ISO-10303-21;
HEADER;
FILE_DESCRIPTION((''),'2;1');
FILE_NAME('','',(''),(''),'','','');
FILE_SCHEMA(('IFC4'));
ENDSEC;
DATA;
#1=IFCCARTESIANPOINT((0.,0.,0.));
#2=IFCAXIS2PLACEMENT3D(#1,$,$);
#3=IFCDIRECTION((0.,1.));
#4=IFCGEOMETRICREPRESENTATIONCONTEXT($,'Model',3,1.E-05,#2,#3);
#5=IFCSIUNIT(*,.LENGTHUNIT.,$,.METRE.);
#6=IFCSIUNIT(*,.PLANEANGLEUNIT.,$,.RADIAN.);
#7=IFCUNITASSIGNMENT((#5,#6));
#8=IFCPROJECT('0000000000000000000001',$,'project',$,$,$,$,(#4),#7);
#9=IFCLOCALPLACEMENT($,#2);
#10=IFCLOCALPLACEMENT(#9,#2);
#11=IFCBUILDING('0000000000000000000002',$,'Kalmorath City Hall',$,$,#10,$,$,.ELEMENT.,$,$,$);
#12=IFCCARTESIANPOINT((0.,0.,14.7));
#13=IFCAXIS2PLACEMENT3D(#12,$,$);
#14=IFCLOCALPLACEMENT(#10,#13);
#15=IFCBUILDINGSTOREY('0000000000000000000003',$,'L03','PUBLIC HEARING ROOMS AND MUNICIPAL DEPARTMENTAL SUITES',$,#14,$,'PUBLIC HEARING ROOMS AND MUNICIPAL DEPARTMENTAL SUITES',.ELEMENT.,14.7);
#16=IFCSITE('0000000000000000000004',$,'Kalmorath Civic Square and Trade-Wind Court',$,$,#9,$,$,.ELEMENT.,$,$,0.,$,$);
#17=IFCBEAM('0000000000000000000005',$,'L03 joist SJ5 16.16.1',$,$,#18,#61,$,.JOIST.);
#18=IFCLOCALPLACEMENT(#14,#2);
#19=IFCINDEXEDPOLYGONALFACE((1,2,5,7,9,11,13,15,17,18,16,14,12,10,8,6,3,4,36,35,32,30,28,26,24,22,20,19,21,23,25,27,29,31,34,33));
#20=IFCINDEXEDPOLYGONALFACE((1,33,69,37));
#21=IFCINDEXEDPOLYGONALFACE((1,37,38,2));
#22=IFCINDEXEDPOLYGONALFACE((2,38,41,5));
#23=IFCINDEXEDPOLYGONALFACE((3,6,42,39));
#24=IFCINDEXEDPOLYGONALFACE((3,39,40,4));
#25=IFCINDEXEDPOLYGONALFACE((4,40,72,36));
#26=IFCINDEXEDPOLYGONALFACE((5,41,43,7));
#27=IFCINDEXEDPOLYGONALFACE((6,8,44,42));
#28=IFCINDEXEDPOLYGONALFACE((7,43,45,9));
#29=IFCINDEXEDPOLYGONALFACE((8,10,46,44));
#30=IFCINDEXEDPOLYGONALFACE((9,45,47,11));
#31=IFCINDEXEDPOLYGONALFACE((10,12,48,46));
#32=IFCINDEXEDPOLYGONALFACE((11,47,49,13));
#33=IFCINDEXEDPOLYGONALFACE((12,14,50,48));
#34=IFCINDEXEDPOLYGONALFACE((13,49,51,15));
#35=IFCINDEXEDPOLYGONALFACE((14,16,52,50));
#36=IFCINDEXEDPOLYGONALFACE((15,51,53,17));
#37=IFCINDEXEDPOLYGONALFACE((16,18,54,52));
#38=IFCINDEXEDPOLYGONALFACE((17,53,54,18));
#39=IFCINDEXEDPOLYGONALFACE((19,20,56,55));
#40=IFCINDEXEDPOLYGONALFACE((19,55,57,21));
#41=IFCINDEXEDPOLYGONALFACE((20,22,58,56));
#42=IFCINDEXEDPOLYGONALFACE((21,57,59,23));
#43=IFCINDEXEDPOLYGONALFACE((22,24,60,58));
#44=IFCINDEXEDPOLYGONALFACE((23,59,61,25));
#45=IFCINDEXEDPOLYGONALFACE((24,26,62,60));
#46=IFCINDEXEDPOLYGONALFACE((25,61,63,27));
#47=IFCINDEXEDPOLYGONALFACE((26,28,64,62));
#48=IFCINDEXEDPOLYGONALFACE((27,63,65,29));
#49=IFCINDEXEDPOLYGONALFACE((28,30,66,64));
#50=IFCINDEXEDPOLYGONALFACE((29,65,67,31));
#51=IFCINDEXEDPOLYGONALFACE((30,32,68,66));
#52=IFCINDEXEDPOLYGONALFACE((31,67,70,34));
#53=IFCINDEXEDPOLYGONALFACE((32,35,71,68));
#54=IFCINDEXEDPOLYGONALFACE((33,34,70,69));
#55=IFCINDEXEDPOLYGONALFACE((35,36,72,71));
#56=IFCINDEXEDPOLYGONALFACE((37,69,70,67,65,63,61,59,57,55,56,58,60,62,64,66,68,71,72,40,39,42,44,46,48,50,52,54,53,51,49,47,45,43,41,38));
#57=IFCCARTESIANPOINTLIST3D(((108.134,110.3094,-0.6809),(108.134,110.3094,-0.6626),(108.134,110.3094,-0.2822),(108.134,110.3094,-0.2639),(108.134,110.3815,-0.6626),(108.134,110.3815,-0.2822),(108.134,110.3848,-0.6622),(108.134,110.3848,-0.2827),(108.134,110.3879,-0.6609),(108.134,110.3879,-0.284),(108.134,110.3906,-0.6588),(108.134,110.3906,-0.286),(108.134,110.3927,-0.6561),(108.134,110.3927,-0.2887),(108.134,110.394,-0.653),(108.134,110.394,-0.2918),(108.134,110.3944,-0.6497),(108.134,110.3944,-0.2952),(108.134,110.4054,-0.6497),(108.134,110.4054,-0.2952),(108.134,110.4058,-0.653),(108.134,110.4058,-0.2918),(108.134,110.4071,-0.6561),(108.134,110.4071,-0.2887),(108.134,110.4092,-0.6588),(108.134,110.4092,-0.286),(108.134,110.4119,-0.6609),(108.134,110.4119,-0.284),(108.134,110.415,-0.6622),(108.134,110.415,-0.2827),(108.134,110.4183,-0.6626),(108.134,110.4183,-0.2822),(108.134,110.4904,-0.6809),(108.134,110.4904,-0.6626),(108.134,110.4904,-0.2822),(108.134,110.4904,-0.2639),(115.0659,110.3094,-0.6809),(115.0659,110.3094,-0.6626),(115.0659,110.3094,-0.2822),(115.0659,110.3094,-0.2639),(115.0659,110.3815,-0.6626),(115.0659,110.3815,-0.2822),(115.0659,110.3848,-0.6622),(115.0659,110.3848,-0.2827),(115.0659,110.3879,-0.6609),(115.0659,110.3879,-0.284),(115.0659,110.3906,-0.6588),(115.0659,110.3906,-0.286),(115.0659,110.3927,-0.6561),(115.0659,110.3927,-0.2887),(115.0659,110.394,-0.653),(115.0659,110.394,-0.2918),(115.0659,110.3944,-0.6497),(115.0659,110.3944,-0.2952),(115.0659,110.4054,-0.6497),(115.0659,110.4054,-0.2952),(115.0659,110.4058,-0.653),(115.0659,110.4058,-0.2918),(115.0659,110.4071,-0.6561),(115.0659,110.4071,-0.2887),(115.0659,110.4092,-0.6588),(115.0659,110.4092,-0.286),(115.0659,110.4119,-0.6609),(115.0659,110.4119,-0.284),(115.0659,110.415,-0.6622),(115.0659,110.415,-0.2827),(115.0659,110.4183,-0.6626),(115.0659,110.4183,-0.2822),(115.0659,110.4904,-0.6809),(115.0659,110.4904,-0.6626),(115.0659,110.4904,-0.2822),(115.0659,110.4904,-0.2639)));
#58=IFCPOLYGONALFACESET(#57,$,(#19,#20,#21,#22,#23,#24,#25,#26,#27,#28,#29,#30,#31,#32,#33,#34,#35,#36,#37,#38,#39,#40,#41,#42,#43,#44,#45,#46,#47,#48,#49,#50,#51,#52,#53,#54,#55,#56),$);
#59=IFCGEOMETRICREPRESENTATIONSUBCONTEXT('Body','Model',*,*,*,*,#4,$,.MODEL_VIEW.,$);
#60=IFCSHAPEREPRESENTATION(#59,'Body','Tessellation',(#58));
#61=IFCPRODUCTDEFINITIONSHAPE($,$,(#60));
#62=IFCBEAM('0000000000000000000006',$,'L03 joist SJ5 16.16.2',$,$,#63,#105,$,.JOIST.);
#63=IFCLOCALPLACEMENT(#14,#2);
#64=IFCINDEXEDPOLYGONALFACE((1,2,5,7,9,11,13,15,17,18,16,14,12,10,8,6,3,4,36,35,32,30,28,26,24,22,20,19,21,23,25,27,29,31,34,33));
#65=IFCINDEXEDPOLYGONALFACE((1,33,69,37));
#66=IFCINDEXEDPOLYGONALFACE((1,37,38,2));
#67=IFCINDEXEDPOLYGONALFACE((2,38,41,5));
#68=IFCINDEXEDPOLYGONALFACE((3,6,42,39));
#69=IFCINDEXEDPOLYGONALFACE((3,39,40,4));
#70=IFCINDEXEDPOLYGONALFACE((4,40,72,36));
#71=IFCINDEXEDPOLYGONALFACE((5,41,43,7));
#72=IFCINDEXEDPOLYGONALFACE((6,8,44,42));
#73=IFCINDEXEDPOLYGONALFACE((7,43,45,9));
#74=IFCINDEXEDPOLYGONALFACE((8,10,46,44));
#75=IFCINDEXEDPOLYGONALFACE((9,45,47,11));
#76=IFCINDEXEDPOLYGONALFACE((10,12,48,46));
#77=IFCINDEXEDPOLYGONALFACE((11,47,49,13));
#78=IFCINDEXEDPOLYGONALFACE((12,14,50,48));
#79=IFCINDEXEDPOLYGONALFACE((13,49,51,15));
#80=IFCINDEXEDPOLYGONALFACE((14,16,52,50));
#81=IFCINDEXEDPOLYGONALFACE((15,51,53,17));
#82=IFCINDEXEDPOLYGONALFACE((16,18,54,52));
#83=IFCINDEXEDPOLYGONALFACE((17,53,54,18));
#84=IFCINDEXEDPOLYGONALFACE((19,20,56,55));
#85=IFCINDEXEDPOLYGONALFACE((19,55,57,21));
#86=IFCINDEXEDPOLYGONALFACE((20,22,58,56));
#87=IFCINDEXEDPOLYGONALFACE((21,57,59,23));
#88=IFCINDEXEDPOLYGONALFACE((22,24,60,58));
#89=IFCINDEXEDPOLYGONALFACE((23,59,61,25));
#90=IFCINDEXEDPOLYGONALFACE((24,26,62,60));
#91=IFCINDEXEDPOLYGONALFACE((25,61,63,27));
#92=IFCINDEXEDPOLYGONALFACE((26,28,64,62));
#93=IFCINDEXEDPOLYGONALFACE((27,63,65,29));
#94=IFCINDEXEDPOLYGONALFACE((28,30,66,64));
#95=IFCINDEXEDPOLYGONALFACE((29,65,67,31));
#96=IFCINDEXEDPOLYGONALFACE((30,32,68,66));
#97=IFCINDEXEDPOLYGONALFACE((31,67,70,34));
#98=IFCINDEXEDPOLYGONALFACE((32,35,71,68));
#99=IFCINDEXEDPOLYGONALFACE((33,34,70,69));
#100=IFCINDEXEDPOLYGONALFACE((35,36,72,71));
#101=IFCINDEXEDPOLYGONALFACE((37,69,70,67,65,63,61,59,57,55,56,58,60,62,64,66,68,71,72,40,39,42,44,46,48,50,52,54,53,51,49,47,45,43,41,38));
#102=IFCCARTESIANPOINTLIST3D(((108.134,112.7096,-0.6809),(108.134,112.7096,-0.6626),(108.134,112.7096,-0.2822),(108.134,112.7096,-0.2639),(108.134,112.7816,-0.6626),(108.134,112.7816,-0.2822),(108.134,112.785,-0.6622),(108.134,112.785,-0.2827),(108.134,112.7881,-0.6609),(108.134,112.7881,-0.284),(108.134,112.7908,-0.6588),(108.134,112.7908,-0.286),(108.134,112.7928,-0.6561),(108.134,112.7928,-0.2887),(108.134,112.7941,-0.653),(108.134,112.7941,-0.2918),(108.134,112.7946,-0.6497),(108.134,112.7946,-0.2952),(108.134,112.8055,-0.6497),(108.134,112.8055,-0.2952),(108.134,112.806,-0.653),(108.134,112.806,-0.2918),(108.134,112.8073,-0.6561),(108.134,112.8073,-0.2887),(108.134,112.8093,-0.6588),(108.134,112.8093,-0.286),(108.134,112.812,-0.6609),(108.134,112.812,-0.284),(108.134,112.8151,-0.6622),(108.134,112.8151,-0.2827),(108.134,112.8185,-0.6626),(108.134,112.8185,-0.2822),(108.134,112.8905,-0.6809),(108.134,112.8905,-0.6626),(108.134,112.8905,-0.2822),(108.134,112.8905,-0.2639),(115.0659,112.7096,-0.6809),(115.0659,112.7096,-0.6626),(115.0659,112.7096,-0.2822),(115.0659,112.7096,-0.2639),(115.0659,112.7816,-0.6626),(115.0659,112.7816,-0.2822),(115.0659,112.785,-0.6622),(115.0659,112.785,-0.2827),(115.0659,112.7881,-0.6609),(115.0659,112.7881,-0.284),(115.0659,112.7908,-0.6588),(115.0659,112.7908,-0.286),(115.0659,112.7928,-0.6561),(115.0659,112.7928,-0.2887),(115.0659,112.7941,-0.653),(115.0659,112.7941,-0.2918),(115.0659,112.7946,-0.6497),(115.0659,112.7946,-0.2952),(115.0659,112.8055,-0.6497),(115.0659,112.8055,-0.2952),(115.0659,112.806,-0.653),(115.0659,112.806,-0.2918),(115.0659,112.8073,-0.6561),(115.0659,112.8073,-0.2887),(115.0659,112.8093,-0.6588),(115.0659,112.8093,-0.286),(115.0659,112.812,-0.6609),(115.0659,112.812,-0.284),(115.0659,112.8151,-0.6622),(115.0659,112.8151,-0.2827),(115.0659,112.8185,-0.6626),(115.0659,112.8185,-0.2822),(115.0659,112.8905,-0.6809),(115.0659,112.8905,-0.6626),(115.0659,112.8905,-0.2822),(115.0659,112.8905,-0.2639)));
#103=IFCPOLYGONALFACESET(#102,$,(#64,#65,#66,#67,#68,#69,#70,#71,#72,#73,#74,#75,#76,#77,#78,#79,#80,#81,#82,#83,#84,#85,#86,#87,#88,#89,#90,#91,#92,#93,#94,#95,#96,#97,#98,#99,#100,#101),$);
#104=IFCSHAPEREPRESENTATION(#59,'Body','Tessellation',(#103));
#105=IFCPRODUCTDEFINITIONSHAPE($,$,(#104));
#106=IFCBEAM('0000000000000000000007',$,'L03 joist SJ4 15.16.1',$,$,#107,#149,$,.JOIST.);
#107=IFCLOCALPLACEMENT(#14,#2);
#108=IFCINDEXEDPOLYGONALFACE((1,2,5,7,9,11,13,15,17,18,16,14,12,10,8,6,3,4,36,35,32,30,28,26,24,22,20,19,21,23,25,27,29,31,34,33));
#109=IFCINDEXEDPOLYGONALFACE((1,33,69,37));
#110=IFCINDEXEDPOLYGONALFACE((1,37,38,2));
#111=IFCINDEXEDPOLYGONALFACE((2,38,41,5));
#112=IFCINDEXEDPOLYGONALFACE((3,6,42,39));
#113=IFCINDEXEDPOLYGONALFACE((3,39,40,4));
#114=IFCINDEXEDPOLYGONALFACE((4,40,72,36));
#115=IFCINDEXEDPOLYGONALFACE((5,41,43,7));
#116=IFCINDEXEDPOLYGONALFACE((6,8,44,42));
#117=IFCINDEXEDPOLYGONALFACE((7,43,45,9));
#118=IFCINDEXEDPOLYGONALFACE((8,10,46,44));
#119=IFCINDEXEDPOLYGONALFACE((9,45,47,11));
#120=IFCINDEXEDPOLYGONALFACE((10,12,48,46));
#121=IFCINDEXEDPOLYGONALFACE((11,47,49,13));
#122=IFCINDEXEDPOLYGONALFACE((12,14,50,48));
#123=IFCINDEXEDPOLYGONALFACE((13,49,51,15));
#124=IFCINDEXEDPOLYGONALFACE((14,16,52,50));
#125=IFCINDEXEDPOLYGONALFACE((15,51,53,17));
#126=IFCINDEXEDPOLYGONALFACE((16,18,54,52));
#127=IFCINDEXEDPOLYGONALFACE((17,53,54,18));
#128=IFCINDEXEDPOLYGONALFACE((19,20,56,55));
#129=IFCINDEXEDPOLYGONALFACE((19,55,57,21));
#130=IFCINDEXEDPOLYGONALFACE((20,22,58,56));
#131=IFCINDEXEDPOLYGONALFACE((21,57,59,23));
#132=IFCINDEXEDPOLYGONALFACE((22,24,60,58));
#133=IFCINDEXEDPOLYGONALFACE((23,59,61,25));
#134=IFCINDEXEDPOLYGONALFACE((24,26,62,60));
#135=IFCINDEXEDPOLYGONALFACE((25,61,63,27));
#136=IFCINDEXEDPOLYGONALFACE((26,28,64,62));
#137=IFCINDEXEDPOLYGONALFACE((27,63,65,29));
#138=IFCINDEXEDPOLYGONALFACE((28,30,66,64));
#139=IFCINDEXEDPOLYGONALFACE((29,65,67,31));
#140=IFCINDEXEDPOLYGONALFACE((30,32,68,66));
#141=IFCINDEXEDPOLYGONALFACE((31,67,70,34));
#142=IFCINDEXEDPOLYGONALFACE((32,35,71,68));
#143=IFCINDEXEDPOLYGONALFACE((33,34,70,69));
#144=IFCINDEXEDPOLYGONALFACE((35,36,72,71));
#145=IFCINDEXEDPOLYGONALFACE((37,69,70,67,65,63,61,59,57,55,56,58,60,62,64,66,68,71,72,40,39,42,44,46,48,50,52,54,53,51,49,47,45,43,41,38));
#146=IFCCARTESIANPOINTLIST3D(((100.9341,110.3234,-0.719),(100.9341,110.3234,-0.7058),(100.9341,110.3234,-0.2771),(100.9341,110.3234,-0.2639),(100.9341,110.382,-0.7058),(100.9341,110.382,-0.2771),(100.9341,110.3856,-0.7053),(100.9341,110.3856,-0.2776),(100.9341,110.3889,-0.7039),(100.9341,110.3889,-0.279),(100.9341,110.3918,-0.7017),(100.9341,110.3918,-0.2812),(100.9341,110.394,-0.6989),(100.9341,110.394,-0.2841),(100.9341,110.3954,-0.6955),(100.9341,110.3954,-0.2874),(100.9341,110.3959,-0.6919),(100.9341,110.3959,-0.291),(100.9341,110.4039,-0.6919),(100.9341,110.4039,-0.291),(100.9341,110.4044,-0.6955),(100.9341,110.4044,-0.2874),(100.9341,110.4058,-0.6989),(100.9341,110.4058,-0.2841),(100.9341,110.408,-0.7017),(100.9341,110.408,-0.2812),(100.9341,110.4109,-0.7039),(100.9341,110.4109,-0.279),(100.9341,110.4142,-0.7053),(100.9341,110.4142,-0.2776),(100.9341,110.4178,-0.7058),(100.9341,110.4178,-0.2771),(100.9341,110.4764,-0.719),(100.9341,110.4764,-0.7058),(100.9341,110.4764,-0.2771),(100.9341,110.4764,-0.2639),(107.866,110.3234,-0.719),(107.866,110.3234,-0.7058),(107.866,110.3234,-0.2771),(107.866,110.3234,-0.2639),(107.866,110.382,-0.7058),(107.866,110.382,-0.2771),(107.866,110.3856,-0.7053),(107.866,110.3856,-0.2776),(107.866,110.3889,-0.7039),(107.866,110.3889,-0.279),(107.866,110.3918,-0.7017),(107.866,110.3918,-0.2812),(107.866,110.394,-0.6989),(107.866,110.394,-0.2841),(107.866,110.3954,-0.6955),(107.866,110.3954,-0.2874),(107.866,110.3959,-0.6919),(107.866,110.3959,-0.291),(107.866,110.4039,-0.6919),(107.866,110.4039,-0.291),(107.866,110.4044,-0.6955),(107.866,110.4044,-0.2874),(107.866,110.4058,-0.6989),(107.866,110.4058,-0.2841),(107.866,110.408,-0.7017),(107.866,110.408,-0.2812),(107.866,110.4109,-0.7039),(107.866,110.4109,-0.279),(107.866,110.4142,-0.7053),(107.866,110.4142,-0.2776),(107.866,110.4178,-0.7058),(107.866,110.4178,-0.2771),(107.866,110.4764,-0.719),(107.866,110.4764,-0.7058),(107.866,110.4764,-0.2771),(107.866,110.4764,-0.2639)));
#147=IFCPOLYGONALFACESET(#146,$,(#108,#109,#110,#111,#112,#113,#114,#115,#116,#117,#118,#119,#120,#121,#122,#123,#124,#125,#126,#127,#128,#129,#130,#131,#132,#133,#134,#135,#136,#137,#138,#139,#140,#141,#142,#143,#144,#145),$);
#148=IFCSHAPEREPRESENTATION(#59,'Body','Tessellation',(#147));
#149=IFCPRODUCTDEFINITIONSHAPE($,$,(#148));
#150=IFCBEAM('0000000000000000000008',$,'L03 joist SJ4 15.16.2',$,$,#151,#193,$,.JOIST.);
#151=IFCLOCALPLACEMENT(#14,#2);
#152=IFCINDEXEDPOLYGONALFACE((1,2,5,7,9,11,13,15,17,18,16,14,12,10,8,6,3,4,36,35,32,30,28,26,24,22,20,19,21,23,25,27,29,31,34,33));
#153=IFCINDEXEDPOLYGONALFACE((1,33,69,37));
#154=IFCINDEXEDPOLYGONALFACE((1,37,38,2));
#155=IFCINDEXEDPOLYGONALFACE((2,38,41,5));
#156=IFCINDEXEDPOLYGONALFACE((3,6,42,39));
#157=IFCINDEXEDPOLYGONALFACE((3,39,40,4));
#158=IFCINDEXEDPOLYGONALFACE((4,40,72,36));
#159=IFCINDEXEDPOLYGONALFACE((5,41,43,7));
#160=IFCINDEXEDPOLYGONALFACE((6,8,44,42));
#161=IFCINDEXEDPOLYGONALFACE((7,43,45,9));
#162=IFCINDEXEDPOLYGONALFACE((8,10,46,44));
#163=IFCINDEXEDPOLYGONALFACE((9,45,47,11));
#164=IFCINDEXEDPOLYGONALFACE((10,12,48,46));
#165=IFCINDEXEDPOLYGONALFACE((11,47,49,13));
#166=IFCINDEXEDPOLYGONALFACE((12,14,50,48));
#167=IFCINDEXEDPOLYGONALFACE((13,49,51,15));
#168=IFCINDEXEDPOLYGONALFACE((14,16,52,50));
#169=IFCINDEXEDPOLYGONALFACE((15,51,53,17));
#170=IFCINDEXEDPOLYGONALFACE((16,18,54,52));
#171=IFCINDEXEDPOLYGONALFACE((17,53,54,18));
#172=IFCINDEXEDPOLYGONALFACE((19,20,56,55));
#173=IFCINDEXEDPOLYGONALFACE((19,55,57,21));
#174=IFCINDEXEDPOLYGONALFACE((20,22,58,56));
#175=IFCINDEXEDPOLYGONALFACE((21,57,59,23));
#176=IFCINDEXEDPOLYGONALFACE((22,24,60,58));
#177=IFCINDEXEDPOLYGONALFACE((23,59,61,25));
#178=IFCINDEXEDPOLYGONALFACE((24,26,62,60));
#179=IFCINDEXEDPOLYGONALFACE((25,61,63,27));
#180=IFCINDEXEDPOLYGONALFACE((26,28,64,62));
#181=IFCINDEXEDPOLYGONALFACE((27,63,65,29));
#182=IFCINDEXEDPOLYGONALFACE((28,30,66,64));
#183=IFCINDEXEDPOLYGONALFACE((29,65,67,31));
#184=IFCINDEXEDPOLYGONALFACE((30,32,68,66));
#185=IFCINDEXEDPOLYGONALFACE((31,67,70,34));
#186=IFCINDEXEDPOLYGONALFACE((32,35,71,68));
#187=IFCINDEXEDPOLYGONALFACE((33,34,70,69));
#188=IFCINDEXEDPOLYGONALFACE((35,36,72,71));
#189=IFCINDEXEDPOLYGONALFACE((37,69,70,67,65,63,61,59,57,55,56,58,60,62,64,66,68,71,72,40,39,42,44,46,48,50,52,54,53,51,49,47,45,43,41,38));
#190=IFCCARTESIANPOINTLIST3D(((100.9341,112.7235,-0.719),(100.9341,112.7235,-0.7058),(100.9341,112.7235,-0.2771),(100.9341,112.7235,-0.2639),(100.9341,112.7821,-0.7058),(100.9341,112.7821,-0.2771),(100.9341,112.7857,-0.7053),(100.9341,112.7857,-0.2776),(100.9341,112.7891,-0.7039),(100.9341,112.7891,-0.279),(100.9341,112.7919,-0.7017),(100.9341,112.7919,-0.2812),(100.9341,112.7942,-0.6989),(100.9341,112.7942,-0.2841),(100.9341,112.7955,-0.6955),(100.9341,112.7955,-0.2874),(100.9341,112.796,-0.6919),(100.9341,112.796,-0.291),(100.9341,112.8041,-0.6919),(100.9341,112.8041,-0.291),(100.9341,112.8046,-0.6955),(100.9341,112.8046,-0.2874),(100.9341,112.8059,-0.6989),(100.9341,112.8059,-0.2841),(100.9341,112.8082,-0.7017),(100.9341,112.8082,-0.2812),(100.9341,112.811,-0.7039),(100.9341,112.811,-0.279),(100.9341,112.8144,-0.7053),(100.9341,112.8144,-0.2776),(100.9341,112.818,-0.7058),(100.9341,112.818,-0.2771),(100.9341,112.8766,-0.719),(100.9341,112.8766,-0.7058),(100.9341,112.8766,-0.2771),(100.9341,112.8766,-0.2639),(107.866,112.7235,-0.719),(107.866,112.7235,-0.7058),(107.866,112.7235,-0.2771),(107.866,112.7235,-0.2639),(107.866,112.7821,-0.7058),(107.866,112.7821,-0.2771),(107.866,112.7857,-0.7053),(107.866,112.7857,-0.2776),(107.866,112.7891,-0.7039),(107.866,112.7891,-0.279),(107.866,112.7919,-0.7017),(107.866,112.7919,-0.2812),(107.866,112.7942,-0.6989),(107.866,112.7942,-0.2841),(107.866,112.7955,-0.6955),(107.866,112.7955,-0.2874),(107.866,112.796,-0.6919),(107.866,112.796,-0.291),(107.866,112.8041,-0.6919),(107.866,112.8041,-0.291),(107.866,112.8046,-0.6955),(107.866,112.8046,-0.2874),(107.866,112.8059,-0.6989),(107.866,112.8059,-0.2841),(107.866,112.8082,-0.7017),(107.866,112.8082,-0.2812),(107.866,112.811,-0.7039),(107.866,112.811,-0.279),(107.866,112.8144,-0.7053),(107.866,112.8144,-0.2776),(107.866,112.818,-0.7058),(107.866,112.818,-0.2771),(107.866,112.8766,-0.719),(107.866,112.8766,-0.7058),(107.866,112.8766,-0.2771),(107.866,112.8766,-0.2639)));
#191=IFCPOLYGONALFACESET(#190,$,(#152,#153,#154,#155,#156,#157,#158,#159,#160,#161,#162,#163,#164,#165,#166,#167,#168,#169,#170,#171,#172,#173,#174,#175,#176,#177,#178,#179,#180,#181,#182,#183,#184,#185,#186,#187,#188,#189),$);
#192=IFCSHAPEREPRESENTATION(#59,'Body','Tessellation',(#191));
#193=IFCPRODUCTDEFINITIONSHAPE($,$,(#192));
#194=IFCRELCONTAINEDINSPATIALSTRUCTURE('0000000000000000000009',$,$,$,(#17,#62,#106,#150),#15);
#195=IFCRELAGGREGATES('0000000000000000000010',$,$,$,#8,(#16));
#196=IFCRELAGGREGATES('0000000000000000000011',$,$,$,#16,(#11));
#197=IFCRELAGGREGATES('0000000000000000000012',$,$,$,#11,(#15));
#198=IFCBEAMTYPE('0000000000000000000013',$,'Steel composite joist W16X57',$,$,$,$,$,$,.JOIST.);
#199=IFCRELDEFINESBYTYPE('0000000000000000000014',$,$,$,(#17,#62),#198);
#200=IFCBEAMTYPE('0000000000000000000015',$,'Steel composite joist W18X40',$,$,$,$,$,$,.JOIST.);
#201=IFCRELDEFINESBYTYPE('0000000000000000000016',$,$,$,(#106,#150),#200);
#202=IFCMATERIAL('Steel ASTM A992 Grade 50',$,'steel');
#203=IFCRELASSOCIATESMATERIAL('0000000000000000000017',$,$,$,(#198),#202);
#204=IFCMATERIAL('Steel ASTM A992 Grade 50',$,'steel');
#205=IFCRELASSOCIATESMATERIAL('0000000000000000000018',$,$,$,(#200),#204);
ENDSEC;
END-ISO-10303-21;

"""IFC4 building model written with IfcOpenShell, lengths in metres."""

from ifc_helpers import new_model, si_unit, direction, frame, origin, origin_2d, place, context, subcontext, project, spatial, i_section, extrude, material, material_profile, profile_set, type_object, element, save


model = new_model("IFC4")

# Units and contexts
model_context = context("Model", 3, precision=1e-05, world=origin(), true_north=direction((0.0, 1.0)))
body_context = subcontext(model_context, "Body", "Model", "MODEL_VIEW")
ifc_project = project(units=[si_unit("LENGTHUNIT", "METRE"), si_unit("PLANEANGLEUNIT", "RADIAN")], contexts=[model_context])

# Site, building, storey
site_placement = place(None, origin())
site = spatial("IfcSite", under=ifc_project, at=site_placement, Name="Kalmorath Civic Square and Trade-Wind Court", CompositionType="ELEMENT", RefElevation=0.0)
building_placement = place(site_placement, origin())
building = spatial("IfcBuilding", under=site, at=building_placement, Name="Kalmorath City Hall", CompositionType="ELEMENT")
storey_placement = place(building_placement, frame((0.0, 0.0, 14.7)))
storey = spatial("IfcBuildingStorey", under=building, at=storey_placement, Name="L03", Description="PUBLIC HEARING ROOMS AND MUNICIPAL DEPARTMENTAL SUITES", LongName="PUBLIC HEARING ROOMS AND MUNICIPAL DEPARTMENTAL SUITES", CompositionType="ELEMENT", Elevation=14.7)

# Beams
ifc_material_1 = material(Name="Steel ASTM A992 Grade 50", Category="steel")
ifc_material_profile_1 = material_profile(ifc_material_1, i_section(OverallWidth=0.1809, OverallDepth=0.417, WebThickness=0.011, FlangeThickness=0.0183, FilletRadius=0.0129, at=origin_2d()), Name="W16X57")
ifc_profile_set_1 = profile_set([ifc_material_profile_1], Name="Steel ASTM A992 Grade 50")
beam_type_1 = type_object("IfcBeamType", Name="Steel composite joist W16X57", PredefinedType="JOIST", material=ifc_profile_set_1)
for number, where, z_axis, x_axis, name in (
    (1, (108.134, 110.3999, -0.4724), (1.0, 0.0, 0.0), (0.0, 1.0, 0.0), "L03 joist SJ5 16.16.1"),
    (2, (108.134, 112.8, -0.4724), (1.0, 0.0, 0.0), (0.0, 1.0, 0.0), "L03 joist SJ5 16.16.2"),
):
    element("IfcBeam", number, at=place(storey_placement, frame(where, z_axis=z_axis, x_axis=x_axis)), inside=storey, type_object=beam_type_1, Name=name, PredefinedType="JOIST", context=body_context, shape_type="SweptSolid", body=[
        extrude(i_section(OverallWidth=0.1809, OverallDepth=0.417, WebThickness=0.011, FlangeThickness=0.0183, FilletRadius=0.0129, at=origin_2d()), origin(), (0.0, 0.0, 1.0), 6.9319),
    ])
ifc_material_2 = material(Name="Steel ASTM A992 Grade 50", Category="steel")
ifc_material_profile_2 = material_profile(ifc_material_2, i_section(OverallWidth=0.1531, OverallDepth=0.4551, WebThickness=0.0081, FlangeThickness=0.0132, FilletRadius=0.0139, at=origin_2d()), Name="W18X40")
ifc_profile_set_2 = profile_set([ifc_material_profile_2], Name="Steel ASTM A992 Grade 50")
beam_type_2 = type_object("IfcBeamType", Name="Steel composite joist W18X40", PredefinedType="JOIST", material=ifc_profile_set_2)
for number, where, z_axis, x_axis, name in (
    (3, (100.9341, 110.3999, -0.4915), (1.0, 0.0, 0.0), (0.0, 1.0, 0.0), "L03 joist SJ4 15.16.1"),
    (4, (100.9341, 112.8, -0.4915), (1.0, 0.0, 0.0), (0.0, 1.0, 0.0), "L03 joist SJ4 15.16.2"),
):
    element("IfcBeam", number, at=place(storey_placement, frame(where, z_axis=z_axis, x_axis=x_axis)), inside=storey, type_object=beam_type_2, Name=name, PredefinedType="JOIST", context=body_context, shape_type="SweptSolid", body=[
        extrude(i_section(OverallWidth=0.1531, OverallDepth=0.4551, WebThickness=0.0081, FlangeThickness=0.0132, FilletRadius=0.0139, at=origin_2d()), origin(), (0.0, 0.0, 1.0), 6.9319),
    ])

save(model, "model.ifc")
